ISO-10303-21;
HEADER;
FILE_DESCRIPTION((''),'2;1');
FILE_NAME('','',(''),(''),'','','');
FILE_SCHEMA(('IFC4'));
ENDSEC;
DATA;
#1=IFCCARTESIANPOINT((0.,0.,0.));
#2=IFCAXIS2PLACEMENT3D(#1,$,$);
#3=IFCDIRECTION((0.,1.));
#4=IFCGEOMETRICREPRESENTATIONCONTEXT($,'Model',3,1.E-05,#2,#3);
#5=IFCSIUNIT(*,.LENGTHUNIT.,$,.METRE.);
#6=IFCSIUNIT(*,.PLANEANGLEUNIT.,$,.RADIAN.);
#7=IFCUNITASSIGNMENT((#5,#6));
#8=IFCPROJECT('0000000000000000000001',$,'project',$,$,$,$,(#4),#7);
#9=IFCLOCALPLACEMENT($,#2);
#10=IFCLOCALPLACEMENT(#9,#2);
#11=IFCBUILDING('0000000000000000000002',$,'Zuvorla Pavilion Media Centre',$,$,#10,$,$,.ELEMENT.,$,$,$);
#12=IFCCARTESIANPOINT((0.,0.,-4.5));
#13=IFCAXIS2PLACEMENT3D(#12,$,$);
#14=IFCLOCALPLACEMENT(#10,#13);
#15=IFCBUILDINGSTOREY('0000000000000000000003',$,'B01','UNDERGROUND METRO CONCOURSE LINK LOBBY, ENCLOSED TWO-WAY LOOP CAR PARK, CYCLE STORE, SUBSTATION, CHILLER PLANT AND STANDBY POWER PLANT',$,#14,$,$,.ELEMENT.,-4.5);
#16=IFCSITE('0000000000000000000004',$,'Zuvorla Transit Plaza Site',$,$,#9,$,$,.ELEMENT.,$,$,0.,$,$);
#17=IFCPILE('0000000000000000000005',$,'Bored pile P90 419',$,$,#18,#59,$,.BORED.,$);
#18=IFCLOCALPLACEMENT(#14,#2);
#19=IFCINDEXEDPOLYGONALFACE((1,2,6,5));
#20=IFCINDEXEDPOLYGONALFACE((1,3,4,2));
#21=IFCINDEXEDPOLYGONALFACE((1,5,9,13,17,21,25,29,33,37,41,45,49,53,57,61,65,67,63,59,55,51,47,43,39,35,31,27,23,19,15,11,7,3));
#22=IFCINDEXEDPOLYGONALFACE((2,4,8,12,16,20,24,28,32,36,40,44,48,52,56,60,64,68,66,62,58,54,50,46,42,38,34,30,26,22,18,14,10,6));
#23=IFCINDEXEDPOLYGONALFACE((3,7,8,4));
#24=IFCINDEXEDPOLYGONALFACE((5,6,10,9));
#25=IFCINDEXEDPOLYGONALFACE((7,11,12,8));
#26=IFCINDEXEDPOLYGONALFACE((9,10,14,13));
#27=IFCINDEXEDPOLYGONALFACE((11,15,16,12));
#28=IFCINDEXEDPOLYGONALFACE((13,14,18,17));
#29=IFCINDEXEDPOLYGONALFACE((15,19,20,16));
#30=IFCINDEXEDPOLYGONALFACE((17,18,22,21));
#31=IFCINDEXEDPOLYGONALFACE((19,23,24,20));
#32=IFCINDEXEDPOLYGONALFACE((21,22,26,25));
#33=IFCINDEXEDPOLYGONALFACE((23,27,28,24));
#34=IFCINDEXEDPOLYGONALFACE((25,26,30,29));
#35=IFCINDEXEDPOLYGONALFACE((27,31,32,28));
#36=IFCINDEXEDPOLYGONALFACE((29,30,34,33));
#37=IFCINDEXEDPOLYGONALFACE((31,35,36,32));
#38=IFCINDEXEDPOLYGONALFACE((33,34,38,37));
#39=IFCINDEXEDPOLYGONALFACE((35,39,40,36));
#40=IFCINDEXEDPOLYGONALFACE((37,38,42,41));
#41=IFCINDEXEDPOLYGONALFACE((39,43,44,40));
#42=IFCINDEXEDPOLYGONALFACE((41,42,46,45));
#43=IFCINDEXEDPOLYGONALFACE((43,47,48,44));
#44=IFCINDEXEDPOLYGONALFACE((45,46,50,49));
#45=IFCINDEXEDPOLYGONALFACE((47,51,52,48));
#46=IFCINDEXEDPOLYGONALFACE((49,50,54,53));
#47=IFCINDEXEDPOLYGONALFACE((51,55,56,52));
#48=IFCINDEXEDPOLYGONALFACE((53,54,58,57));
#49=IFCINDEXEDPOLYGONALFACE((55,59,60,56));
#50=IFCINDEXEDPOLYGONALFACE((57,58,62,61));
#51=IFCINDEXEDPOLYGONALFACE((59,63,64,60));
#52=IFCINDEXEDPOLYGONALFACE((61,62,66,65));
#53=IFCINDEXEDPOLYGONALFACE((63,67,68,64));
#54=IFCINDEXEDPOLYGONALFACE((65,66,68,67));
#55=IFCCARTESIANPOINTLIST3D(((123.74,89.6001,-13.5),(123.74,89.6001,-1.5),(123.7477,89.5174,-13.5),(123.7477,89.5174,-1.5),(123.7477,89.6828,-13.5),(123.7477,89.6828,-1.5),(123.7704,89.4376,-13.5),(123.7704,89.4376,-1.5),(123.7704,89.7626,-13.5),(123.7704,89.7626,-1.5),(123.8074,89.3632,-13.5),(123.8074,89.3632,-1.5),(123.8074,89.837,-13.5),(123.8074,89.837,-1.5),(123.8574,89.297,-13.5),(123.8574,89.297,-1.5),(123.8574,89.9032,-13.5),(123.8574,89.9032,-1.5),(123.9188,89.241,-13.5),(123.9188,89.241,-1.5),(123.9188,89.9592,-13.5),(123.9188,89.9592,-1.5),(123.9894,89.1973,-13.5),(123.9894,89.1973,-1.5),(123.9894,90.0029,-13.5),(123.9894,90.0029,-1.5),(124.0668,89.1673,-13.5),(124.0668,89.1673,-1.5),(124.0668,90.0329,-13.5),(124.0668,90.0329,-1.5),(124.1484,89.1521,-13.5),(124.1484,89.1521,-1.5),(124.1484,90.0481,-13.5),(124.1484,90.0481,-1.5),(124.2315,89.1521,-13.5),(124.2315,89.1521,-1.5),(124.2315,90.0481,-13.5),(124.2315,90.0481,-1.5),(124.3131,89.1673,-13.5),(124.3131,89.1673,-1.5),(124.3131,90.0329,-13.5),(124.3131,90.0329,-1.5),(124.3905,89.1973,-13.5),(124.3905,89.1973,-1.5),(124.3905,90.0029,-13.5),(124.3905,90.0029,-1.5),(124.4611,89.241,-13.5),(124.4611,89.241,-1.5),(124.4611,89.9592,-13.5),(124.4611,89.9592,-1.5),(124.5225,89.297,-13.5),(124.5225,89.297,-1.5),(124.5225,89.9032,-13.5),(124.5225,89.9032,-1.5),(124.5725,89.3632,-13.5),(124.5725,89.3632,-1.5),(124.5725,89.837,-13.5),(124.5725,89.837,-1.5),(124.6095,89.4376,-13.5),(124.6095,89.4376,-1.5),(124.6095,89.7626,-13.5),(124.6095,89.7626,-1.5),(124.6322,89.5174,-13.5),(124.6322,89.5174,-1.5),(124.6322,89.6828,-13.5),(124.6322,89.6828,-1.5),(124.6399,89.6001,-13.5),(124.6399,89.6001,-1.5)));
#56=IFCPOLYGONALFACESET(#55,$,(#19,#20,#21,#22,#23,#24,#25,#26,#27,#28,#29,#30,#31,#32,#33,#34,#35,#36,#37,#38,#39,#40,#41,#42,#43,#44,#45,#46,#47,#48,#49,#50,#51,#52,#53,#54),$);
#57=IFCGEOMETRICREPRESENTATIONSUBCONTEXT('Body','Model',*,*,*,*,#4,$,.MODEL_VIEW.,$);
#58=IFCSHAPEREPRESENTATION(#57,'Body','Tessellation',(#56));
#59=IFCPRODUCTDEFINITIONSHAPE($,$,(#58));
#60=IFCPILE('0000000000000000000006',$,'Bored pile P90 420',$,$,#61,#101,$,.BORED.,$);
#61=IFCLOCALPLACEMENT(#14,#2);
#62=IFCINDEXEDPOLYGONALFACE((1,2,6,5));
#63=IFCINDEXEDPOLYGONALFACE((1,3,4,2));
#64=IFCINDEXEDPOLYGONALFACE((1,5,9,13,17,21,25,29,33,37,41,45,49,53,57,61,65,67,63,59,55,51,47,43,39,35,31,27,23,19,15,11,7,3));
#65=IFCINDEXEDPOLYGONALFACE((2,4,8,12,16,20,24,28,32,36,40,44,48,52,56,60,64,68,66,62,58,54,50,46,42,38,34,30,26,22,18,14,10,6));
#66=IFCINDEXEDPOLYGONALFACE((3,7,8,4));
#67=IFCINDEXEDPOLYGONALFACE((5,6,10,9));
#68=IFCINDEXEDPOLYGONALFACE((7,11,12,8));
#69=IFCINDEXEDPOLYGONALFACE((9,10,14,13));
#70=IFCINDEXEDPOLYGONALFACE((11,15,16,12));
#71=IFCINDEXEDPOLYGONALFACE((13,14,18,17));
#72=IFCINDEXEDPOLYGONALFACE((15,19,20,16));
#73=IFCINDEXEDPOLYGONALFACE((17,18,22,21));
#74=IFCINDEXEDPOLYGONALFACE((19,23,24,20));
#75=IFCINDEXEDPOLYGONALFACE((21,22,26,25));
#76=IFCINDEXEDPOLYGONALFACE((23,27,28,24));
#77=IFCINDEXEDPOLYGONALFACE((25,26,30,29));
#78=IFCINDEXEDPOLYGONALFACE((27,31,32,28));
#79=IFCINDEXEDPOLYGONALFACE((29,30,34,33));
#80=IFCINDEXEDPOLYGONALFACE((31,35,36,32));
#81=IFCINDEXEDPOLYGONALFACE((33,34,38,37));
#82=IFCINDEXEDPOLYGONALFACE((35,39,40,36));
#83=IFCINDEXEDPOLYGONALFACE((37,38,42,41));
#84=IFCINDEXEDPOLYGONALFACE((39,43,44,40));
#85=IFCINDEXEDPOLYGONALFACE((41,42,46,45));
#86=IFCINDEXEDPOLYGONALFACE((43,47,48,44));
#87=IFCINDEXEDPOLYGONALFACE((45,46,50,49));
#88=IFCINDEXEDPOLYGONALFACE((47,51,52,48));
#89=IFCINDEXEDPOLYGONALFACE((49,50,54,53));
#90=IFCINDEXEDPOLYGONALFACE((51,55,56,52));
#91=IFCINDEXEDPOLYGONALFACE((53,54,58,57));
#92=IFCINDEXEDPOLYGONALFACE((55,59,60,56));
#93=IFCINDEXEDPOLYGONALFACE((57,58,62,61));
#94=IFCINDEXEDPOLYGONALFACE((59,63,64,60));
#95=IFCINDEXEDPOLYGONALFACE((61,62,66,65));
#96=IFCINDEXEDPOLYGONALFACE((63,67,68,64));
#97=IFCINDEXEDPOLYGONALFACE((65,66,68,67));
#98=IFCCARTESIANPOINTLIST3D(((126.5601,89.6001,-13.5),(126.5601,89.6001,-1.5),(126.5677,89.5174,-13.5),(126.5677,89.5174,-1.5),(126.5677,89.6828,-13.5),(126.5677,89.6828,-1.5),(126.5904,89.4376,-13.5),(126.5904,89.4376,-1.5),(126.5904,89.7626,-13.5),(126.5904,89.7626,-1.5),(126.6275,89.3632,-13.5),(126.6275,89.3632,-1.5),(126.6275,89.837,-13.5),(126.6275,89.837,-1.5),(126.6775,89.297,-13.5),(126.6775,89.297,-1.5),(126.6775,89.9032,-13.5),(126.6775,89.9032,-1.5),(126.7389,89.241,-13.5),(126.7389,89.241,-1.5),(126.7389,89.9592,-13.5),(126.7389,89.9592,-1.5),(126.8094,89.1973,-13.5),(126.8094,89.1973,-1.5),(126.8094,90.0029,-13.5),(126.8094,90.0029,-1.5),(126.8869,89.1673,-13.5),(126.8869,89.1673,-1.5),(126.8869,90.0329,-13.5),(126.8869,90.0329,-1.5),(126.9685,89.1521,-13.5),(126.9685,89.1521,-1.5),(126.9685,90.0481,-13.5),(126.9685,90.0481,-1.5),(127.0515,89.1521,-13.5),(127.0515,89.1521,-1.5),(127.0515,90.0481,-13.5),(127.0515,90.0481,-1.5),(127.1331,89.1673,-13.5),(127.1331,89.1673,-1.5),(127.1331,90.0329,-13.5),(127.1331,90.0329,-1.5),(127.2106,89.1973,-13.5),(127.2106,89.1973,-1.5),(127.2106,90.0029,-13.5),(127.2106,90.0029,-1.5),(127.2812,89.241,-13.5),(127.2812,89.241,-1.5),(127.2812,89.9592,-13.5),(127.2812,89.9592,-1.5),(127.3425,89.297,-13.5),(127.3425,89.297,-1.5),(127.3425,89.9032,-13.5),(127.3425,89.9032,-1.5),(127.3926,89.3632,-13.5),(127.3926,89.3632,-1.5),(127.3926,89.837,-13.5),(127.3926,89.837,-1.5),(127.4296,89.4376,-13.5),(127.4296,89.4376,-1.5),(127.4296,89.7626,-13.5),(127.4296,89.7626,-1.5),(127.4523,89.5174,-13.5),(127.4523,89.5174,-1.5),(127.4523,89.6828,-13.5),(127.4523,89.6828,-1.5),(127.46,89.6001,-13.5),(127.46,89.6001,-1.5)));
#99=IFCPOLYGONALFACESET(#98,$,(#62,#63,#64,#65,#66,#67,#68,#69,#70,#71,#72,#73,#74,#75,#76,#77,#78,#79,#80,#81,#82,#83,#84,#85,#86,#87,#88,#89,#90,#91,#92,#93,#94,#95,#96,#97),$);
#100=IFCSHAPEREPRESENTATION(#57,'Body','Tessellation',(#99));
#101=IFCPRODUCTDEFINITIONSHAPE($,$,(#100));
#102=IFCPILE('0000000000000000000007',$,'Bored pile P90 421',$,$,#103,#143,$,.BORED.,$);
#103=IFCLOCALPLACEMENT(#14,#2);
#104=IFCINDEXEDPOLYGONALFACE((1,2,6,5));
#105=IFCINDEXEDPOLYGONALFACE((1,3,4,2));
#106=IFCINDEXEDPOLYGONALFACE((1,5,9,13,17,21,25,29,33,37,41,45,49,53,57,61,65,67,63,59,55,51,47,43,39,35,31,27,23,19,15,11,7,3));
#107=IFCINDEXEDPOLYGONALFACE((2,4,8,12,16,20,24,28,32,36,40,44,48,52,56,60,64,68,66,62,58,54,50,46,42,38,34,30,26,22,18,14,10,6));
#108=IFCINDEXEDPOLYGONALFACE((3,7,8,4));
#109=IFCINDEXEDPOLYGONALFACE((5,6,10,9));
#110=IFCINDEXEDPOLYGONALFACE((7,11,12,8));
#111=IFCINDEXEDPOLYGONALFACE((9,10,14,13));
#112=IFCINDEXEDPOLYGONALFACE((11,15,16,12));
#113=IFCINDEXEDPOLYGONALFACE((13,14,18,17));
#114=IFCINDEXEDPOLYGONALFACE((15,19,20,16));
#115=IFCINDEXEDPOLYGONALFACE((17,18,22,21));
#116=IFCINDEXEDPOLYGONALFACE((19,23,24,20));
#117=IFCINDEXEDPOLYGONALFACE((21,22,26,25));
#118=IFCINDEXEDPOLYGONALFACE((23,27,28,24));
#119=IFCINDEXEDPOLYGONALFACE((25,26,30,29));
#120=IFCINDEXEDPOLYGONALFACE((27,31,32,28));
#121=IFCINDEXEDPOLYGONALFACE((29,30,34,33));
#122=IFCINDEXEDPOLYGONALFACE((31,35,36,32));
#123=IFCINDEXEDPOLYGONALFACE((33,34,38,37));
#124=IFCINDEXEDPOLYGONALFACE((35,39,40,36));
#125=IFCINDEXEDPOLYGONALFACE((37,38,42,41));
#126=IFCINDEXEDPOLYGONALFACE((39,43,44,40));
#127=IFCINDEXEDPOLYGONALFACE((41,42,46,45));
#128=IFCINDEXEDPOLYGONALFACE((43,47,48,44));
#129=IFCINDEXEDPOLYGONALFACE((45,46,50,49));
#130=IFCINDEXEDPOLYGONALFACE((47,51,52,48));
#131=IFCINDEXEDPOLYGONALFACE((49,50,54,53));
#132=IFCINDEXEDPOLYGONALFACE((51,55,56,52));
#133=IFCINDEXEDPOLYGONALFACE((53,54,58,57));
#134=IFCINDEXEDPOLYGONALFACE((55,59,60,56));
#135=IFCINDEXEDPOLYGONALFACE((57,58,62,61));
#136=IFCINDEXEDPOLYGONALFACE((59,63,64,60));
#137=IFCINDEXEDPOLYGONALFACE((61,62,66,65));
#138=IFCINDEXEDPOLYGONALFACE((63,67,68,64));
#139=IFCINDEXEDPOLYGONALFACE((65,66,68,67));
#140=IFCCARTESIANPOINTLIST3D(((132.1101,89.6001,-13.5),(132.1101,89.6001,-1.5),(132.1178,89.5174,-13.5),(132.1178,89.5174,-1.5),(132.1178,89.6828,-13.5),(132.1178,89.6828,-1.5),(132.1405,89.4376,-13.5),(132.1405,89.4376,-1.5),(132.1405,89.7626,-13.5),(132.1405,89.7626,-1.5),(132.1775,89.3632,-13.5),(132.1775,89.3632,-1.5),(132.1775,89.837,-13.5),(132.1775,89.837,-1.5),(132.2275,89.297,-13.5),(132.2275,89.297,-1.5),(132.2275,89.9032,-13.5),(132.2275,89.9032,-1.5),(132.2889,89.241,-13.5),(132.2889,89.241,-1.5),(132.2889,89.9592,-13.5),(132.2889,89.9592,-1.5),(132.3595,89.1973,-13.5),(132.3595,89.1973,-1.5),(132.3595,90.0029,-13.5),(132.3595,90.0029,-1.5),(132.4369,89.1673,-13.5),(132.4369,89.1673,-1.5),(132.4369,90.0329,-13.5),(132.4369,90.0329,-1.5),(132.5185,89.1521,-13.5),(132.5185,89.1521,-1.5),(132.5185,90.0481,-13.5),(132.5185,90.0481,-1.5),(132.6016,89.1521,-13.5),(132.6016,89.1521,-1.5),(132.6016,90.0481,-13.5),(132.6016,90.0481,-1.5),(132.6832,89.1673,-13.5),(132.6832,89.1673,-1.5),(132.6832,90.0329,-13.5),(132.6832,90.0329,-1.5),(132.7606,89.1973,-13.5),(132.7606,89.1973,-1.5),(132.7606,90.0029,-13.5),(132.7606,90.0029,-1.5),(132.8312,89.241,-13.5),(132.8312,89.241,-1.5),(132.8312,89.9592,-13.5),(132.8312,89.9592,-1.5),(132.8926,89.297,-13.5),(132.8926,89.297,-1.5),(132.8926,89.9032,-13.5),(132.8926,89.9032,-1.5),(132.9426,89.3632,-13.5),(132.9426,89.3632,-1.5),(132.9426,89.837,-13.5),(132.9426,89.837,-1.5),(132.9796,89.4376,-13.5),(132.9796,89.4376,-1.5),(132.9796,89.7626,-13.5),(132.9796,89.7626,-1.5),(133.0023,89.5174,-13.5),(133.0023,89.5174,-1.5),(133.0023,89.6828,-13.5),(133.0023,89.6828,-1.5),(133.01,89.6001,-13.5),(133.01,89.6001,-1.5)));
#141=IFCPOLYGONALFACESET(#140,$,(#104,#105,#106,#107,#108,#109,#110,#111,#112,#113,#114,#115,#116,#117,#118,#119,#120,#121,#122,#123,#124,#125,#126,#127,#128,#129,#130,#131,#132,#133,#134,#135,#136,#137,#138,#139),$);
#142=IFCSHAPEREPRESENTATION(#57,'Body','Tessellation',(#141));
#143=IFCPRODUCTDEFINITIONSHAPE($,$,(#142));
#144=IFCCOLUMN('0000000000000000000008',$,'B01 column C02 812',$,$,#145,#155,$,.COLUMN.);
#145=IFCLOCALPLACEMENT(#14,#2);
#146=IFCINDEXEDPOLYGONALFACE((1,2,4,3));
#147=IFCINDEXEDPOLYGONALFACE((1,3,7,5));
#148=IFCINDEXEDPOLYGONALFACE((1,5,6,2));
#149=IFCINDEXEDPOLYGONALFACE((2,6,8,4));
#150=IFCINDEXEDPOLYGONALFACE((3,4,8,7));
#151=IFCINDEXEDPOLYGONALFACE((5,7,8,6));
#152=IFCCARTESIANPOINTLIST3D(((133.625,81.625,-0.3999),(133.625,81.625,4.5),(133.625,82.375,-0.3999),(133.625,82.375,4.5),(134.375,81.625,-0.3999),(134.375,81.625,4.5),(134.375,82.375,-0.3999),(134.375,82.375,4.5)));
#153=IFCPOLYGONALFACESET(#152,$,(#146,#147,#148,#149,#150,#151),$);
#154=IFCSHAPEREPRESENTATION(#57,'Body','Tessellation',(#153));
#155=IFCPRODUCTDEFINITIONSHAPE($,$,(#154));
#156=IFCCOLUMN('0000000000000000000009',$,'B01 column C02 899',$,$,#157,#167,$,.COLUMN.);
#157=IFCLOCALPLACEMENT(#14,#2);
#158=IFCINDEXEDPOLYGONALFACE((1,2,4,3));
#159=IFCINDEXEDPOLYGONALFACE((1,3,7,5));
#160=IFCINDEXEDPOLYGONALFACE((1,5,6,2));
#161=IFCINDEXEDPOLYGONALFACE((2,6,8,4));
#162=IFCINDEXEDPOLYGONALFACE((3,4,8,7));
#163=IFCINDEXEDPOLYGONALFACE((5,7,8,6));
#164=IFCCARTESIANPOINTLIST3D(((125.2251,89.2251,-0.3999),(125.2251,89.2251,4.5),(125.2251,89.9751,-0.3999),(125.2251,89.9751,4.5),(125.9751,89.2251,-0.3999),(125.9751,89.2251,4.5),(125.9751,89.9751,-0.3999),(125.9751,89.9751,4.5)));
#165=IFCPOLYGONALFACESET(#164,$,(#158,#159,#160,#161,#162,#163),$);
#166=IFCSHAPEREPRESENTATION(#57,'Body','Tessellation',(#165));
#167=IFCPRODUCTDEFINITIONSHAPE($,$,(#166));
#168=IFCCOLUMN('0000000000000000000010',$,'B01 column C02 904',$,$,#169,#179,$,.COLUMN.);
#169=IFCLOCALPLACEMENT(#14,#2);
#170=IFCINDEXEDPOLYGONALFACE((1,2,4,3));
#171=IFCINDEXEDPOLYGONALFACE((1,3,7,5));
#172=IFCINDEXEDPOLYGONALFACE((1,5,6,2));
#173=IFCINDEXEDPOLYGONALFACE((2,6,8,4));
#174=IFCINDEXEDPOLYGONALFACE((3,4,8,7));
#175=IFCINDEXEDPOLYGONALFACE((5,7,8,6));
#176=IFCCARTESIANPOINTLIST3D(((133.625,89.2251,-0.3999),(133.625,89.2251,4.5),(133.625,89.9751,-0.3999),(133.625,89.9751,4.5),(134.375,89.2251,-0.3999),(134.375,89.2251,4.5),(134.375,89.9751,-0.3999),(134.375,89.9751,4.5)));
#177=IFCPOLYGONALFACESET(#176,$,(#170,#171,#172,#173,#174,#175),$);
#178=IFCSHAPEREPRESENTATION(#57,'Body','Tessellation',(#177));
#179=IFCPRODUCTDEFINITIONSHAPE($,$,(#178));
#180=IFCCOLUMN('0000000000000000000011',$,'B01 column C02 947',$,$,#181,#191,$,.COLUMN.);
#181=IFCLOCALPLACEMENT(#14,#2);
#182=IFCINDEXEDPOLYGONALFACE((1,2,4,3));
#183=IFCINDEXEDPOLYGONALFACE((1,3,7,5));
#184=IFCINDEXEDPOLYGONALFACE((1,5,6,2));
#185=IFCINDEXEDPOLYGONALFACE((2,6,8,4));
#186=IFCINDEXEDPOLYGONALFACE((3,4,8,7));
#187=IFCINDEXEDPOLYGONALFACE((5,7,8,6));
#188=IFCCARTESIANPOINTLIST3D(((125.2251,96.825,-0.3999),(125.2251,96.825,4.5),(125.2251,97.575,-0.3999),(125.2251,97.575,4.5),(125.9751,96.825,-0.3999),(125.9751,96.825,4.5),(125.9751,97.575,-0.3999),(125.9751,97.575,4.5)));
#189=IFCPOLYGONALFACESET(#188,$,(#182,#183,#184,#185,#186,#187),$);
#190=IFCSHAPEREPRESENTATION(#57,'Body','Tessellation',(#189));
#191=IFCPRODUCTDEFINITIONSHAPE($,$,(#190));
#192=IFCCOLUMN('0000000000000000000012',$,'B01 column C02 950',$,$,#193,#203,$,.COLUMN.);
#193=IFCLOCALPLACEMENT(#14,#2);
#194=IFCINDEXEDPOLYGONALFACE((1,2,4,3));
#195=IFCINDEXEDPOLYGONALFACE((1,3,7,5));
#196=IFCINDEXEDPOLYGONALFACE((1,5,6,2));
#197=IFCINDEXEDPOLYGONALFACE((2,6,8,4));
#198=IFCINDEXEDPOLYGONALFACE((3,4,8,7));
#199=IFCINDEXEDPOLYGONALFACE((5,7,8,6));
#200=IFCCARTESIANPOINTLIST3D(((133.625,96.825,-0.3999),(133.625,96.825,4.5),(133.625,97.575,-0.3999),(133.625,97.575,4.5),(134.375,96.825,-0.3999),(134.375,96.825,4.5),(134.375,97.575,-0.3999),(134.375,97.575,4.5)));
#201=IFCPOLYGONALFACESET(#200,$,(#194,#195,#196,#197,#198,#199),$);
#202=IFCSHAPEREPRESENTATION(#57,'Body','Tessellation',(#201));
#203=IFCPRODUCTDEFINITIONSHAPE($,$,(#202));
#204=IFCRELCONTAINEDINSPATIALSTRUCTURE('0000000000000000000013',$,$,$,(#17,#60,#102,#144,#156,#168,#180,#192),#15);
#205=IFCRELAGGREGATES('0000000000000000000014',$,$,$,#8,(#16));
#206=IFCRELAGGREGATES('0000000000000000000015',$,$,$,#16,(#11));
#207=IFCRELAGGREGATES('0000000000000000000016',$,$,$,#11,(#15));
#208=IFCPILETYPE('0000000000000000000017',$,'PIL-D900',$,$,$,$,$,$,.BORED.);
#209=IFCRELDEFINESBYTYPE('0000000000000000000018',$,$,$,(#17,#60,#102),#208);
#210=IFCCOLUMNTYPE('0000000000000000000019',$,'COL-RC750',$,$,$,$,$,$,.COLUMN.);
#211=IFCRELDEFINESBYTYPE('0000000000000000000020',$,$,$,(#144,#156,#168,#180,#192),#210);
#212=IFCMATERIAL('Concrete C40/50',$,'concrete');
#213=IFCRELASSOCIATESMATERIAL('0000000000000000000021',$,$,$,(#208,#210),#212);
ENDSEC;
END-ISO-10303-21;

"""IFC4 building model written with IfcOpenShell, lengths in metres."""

from ifc_helpers import new_model, si_unit, direction, frame, origin, origin_2d, place, context, subcontext, project, spatial, rectangle, circle, extrude, material, material_profile, profile_set, type_object, element, save


model = new_model("IFC4")

# Units and contexts
model_context = context("Model", 3, precision=1e-05, world=origin(), true_north=direction((0.0, 1.0)))
body_context = subcontext(model_context, "Body", "Model", "MODEL_VIEW")
ifc_project = project(units=[si_unit("LENGTHUNIT", "METRE"), si_unit("PLANEANGLEUNIT", "RADIAN")], contexts=[model_context])

# Site, building, storey
site_placement = place(None, origin())
site = spatial("IfcSite", under=ifc_project, at=site_placement, Name="Zuvorla Transit Plaza Site", CompositionType="ELEMENT", RefElevation=0.0)
building_placement = place(site_placement, origin())
building = spatial("IfcBuilding", under=site, at=building_placement, Name="Zuvorla Pavilion Media Centre", CompositionType="ELEMENT")
storey_placement = place(building_placement, frame((0.0, 0.0, -4.5)))
storey = spatial("IfcBuildingStorey", under=building, at=storey_placement, Name="B01", Description="UNDERGROUND METRO CONCOURSE LINK LOBBY, ENCLOSED TWO-WAY LOOP CAR PARK, CYCLE STORE, SUBSTATION, CHILLER PLANT AND STANDBY POWER PLANT", CompositionType="ELEMENT", Elevation=-4.5)

# Shared definitions
ifc_material = material(Name="Concrete C40/50", Category="concrete")

# Piles
ifc_material_profile_1 = material_profile(ifc_material, circle(Radius=0.45, at=origin_2d()), Name="BORED PILE 900")
ifc_profile_set_1 = profile_set([ifc_material_profile_1], Name="Concrete C40/50")
pile_type_1 = type_object("IfcPileType", Name="PIL-D900", PredefinedType="BORED", material=ifc_profile_set_1)
for number, where, z_axis, x_axis, name in (
    (1, (124.1899, 89.6001, -1.5), (0.0, 0.0, -1.0), (1.0, 0.0, 0.0), "Bored pile P90 419"),
    (2, (127.01, 89.6001, -1.5), (0.0, 0.0, -1.0), (1.0, 0.0, 0.0), "Bored pile P90 420"),
    (3, (132.5601, 89.6001, -1.5), (0.0, 0.0, -1.0), (1.0, 0.0, 0.0), "Bored pile P90 421"),
):
    element("IfcPile", number, at=place(storey_placement, frame(where, z_axis=z_axis, x_axis=x_axis)), inside=storey, type_object=pile_type_1, Name=name, PredefinedType="BORED", context=body_context, shape_type="SweptSolid", body=[
        extrude(circle(Radius=0.45, at=origin_2d()), origin(), (0.0, 0.0, 1.0), 12.0),
    ])

# Columns
ifc_material_profile_2 = material_profile(ifc_material, rectangle(XDim=0.75, YDim=0.75, at=origin_2d()), Name="RC 750x750")
ifc_profile_set_2 = profile_set([ifc_material_profile_2], Name="Concrete C40/50")
column_type = type_object("IfcColumnType", Name="COL-RC750", PredefinedType="COLUMN", material=ifc_profile_set_2)
for number, where, z_axis, x_axis, name in (
    (4, (134.0, 82.0, -0.3999), (0.0, 0.0, 1.0), (1.0, 0.0, 0.0), "B01 column C02 812"),
    (5, (125.6001, 89.6001, -0.3999), (0.0, 0.0, 1.0), (1.0, 0.0, 0.0), "B01 column C02 899"),
    (6, (134.0, 89.6001, -0.3999), (0.0, 0.0, 1.0), (1.0, 0.0, 0.0), "B01 column C02 904"),
    (7, (125.6001, 97.2, -0.3999), (0.0, 0.0, 1.0), (1.0, 0.0, 0.0), "B01 column C02 947"),
    (8, (134.0, 97.2, -0.3999), (0.0, 0.0, 1.0), (1.0, 0.0, 0.0), "B01 column C02 950"),
):
    element("IfcColumn", number, at=place(storey_placement, frame(where, z_axis=z_axis, x_axis=x_axis)), inside=storey, type_object=column_type, Name=name, PredefinedType="COLUMN", context=body_context, shape_type="SweptSolid", body=[
        extrude(rectangle(XDim=0.75, YDim=0.75, at=origin_2d()), origin(), (0.0, 0.0, 1.0), 4.8999),
    ])

save(model, "model.ifc")
